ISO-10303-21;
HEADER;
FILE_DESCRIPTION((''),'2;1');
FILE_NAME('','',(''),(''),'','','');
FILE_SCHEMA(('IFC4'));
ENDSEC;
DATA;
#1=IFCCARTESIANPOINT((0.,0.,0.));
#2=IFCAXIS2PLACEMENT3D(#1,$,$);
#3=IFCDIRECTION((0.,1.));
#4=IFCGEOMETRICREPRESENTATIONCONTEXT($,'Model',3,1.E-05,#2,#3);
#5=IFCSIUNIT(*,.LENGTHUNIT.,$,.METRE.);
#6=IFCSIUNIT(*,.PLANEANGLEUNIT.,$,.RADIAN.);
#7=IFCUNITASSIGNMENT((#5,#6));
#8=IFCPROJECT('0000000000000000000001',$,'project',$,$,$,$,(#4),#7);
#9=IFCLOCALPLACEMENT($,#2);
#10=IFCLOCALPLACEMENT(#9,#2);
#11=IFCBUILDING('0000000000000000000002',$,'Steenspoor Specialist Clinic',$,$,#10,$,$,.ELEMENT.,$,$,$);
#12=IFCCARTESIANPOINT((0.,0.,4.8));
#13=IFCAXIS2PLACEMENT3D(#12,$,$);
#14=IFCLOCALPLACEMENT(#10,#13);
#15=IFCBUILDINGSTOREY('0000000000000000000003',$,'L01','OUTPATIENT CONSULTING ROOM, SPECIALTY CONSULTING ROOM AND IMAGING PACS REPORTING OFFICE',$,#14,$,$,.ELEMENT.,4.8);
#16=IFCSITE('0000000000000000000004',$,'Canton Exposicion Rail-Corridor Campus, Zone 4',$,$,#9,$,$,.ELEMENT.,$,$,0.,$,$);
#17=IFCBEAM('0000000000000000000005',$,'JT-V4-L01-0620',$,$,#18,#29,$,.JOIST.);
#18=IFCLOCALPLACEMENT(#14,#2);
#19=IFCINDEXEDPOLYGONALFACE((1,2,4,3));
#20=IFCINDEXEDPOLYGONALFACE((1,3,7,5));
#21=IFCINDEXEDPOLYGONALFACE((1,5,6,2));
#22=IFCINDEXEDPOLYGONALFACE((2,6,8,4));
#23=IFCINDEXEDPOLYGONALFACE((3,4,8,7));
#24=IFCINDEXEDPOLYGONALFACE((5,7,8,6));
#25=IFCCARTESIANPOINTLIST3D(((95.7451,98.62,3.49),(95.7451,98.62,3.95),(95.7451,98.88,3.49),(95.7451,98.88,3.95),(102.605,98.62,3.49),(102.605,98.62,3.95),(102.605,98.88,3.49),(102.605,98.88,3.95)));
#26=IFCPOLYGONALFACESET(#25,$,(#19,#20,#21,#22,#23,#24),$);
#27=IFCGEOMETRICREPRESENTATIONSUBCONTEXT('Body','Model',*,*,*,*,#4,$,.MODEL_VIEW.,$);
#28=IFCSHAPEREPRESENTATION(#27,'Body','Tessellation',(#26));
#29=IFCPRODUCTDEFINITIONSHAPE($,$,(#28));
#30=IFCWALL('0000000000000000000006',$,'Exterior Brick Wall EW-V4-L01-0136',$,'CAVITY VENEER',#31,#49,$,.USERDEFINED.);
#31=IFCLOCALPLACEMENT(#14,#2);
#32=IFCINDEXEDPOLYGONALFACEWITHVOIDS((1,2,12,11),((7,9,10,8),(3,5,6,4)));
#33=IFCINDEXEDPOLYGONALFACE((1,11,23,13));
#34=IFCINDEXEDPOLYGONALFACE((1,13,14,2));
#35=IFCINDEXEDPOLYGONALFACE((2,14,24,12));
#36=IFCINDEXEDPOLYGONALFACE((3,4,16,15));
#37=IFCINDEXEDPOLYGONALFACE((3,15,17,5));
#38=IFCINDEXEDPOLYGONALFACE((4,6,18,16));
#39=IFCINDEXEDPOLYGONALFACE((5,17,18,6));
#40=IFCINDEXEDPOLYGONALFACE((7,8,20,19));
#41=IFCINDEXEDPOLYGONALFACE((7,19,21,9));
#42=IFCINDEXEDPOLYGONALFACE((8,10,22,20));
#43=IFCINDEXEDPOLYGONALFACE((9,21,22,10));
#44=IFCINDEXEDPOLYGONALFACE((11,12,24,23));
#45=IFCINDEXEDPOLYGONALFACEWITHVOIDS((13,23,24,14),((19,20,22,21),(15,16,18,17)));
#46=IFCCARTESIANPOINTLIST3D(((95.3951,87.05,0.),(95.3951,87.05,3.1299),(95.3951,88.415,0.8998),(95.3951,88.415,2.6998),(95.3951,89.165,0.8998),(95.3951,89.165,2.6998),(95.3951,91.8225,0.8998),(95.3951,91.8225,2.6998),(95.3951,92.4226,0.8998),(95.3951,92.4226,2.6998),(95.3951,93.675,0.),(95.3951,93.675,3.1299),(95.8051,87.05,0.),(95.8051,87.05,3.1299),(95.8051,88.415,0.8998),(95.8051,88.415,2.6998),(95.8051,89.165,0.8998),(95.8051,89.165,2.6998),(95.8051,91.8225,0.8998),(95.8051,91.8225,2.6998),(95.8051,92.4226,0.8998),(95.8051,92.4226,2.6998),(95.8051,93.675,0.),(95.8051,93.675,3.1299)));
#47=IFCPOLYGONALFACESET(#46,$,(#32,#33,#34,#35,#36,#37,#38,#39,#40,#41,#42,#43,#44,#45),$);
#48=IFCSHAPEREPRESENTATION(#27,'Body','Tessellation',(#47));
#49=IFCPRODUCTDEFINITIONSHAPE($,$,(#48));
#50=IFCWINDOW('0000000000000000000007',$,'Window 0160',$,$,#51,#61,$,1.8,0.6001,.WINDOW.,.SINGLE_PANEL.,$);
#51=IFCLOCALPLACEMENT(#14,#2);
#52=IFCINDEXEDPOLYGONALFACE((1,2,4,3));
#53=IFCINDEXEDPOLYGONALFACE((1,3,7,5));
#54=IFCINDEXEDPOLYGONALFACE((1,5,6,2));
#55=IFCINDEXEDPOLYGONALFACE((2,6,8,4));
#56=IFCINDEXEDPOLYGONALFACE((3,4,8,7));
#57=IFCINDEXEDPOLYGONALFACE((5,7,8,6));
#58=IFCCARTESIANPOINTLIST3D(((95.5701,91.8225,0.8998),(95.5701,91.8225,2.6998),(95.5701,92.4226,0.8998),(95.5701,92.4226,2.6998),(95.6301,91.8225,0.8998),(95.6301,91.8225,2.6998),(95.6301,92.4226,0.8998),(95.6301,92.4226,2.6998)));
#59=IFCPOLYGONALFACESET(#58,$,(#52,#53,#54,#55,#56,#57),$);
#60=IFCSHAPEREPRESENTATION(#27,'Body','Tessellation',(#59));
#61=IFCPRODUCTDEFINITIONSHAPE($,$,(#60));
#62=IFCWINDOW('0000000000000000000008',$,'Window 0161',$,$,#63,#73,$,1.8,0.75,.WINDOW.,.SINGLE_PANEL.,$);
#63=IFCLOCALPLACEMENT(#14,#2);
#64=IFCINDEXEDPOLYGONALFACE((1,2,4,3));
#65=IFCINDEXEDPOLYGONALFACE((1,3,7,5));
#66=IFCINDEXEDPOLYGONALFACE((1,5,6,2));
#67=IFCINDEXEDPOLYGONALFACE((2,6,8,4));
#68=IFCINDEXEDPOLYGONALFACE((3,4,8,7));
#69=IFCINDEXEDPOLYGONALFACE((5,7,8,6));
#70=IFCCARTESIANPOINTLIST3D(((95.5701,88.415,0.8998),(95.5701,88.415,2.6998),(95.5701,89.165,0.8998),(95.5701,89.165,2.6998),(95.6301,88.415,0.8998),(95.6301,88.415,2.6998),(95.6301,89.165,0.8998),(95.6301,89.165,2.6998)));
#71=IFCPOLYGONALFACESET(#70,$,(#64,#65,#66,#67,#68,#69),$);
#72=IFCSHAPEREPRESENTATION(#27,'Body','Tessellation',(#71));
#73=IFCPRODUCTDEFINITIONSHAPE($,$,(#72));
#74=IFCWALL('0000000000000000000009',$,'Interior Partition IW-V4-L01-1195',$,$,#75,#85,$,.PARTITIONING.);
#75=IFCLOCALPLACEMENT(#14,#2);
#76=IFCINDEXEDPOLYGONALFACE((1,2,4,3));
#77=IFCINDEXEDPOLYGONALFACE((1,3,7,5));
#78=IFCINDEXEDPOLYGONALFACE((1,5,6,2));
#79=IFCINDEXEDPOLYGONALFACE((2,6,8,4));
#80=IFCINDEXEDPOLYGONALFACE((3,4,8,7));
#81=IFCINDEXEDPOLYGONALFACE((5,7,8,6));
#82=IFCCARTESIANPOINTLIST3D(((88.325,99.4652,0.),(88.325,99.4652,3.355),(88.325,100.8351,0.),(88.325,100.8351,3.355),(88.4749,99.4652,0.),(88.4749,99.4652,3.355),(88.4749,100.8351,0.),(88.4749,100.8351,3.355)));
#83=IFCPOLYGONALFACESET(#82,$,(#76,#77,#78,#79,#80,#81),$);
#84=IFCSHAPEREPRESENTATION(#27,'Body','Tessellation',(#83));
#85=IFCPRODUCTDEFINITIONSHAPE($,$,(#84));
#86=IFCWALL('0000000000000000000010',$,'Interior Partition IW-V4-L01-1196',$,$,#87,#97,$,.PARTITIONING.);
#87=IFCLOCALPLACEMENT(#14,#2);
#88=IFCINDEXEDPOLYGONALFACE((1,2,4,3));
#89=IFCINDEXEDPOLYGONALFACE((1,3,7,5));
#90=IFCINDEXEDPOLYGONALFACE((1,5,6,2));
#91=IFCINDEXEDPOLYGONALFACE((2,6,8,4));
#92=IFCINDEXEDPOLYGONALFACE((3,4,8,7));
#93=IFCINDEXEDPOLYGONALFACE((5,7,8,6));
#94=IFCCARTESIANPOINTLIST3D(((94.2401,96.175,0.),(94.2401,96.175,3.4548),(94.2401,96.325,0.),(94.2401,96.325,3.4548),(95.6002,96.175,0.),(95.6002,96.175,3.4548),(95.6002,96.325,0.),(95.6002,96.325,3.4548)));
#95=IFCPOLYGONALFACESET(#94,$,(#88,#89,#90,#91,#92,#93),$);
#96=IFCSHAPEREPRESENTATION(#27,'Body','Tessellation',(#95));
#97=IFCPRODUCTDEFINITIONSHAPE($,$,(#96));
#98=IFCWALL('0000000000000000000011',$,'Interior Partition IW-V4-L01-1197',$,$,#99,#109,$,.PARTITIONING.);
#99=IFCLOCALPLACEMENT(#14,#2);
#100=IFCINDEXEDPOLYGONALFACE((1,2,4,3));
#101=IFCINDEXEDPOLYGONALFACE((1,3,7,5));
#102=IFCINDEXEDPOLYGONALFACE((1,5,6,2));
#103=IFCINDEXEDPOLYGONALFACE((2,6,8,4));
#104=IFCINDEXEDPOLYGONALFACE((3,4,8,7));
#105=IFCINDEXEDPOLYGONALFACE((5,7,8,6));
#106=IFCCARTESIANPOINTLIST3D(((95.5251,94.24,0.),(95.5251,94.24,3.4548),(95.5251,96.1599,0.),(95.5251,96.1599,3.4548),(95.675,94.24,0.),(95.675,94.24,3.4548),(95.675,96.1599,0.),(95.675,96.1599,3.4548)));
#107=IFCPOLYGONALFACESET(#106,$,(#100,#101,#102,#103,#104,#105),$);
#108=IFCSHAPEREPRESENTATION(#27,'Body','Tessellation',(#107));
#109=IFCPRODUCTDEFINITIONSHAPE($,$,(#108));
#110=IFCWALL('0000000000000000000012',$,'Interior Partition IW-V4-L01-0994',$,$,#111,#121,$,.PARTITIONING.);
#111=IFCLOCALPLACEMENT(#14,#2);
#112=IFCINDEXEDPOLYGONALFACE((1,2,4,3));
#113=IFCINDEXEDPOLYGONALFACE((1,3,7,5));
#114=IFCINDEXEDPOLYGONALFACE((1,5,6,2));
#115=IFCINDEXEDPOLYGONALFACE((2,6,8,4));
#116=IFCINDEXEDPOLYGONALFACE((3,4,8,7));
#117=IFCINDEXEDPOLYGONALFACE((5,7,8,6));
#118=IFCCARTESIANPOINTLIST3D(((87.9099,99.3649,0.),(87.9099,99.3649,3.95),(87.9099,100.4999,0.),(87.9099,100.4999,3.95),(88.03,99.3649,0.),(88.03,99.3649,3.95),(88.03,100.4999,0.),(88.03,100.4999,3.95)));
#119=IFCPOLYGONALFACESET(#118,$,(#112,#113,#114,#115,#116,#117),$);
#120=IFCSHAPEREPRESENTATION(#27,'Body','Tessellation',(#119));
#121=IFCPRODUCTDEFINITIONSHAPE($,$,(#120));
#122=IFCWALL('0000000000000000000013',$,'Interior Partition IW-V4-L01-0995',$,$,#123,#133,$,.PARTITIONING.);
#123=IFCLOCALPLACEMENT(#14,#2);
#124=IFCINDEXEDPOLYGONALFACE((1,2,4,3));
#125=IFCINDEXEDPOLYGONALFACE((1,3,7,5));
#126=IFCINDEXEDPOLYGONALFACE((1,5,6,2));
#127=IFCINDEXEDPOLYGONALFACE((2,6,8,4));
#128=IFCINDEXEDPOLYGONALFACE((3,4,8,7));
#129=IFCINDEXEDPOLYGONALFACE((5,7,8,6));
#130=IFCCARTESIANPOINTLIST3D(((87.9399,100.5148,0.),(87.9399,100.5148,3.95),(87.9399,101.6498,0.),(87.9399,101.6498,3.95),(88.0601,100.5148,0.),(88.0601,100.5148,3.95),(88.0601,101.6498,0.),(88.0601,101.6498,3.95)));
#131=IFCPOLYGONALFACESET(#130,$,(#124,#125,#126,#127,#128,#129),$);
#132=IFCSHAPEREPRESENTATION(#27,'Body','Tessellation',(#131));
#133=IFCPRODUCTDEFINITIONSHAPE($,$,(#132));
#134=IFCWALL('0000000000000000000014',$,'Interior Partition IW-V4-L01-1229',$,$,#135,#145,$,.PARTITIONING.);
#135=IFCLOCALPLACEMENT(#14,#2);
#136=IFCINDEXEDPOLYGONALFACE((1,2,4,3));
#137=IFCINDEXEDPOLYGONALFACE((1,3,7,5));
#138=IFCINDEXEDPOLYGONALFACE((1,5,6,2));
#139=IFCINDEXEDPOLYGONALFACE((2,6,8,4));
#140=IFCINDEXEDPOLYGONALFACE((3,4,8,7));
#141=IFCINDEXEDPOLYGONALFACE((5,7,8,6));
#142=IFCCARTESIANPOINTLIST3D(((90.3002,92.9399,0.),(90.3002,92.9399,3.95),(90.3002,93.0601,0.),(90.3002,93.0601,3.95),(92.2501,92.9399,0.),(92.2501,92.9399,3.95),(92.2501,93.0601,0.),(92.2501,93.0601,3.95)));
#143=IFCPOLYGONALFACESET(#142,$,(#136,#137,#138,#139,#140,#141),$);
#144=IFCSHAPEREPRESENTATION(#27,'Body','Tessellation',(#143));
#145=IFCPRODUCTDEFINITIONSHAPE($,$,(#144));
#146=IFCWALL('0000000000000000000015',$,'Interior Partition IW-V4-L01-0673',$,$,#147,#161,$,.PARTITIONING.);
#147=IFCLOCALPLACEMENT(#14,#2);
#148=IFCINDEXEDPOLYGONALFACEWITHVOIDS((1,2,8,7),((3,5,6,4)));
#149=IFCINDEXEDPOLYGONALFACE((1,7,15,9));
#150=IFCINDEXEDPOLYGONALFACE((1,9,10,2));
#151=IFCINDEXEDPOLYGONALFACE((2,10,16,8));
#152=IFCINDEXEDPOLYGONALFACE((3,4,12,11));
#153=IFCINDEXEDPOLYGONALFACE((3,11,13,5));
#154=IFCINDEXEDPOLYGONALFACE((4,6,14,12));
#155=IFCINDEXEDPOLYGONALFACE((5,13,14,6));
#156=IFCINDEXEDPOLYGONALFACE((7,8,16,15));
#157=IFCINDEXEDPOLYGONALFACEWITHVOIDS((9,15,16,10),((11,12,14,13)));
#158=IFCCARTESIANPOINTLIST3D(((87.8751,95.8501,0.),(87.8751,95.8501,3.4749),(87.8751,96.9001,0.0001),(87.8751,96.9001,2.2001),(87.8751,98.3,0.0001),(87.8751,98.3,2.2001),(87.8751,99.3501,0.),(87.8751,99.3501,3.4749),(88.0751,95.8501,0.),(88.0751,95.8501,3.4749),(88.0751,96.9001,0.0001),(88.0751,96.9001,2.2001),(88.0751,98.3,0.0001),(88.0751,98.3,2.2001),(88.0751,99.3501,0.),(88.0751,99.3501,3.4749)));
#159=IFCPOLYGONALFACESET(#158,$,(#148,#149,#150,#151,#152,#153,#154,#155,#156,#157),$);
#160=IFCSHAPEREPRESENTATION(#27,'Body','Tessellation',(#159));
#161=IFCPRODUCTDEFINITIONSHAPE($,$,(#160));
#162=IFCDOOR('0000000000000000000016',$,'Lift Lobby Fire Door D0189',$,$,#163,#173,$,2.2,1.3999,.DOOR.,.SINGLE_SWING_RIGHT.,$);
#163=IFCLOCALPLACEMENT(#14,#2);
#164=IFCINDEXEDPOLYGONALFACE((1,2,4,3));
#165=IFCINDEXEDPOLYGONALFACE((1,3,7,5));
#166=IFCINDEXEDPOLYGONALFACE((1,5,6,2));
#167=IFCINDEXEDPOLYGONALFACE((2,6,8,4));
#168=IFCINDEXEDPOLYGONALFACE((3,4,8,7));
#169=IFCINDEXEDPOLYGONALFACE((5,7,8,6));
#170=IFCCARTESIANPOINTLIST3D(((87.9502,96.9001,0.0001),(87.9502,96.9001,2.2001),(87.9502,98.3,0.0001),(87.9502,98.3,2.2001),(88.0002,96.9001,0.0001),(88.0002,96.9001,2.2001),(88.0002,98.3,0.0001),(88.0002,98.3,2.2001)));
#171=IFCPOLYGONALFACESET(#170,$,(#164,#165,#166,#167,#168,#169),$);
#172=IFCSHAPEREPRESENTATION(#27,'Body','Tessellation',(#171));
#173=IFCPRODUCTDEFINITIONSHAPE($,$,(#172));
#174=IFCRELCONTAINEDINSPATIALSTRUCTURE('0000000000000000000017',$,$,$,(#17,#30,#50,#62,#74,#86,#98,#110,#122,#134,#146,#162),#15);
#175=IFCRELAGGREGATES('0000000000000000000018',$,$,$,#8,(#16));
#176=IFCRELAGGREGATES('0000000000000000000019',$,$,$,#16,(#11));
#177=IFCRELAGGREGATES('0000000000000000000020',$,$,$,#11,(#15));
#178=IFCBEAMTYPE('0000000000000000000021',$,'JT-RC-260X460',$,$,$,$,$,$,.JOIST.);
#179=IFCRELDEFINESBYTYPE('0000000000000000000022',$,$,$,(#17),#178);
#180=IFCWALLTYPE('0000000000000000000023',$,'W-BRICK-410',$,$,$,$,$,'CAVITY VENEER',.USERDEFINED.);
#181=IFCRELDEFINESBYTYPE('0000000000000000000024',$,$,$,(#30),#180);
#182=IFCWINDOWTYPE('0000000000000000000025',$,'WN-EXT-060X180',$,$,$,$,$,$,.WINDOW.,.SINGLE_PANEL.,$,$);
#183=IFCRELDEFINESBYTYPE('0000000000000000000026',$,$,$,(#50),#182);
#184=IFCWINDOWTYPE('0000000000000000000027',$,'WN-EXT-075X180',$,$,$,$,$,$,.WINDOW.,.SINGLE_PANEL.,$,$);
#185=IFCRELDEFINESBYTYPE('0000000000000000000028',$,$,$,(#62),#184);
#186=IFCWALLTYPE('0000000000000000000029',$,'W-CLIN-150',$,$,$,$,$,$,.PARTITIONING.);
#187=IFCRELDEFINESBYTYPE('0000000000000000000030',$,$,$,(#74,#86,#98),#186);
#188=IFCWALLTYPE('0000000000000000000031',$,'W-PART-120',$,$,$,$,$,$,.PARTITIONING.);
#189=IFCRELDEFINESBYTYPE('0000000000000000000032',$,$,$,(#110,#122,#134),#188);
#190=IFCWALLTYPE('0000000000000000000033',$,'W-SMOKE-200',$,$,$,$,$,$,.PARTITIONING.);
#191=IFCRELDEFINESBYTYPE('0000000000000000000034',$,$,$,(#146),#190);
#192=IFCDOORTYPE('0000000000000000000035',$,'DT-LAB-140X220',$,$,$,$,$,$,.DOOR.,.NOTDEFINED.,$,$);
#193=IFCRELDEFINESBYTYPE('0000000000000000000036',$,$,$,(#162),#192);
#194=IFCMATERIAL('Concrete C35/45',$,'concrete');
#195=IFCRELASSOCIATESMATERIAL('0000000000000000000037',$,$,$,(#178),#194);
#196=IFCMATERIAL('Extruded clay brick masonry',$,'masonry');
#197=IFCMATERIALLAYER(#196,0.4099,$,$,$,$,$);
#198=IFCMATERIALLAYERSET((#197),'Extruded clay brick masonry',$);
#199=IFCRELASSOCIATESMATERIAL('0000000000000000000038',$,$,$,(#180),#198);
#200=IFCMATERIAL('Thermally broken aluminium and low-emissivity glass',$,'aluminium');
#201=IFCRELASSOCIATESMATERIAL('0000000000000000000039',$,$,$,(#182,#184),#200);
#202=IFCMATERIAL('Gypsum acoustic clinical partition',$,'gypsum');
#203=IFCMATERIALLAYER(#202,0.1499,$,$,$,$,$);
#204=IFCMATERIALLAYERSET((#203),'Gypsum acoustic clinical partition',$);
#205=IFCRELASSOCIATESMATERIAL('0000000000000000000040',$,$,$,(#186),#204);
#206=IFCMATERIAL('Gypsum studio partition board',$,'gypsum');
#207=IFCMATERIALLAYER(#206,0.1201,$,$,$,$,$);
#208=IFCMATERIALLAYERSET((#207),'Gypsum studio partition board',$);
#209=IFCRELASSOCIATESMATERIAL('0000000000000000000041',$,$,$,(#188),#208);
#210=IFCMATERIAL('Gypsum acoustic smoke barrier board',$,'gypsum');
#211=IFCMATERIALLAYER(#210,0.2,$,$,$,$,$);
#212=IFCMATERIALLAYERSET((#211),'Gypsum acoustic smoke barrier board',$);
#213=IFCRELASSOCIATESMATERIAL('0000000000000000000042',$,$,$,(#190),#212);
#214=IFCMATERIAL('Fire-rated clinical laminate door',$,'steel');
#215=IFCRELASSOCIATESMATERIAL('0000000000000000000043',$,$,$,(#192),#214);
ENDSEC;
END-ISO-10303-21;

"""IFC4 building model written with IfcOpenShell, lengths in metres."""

from ifc_helpers import new_model, si_unit, direction, frame, frame_2d, origin, origin_2d, place, context, subcontext, project, spatial, rectangle, extrude, material, layer, layer_set, material_profile, profile_set, type_object, element, fill, save


model = new_model("IFC4")

# Units and contexts
model_context = context("Model", 3, precision=1e-05, world=origin(), true_north=direction((0.0, 1.0)))
body_context = subcontext(model_context, "Body", "Model", "MODEL_VIEW")
ifc_project = project(units=[si_unit("LENGTHUNIT", "METRE"), si_unit("PLANEANGLEUNIT", "RADIAN")], contexts=[model_context])

# Site, building, storey
site_placement = place(None, origin())
site = spatial("IfcSite", under=ifc_project, at=site_placement, Name="Canton Exposicion Rail-Corridor Campus, Zone 4", CompositionType="ELEMENT", RefElevation=0.0)
building_placement = place(site_placement, origin())
building = spatial("IfcBuilding", under=site, at=building_placement, Name="Steenspoor Specialist Clinic", CompositionType="ELEMENT")
storey_placement = place(building_placement, frame((0.0, 0.0, 4.8)))
storey = spatial("IfcBuildingStorey", under=building, at=storey_placement, Name="L01", Description="OUTPATIENT CONSULTING ROOM, SPECIALTY CONSULTING ROOM AND IMAGING PACS REPORTING OFFICE", CompositionType="ELEMENT", Elevation=4.8)

# Beam
ifc_material_1 = material(Name="Concrete C35/45", Category="concrete")
ifc_material_profile_1 = material_profile(ifc_material_1, rectangle(XDim=0.26, YDim=0.46, at=origin_2d()), Name="RC-JT-260X460")
ifc_profile_set_1 = profile_set([ifc_material_profile_1], Name="Concrete C35/45")
beam_type_1 = type_object("IfcBeamType", Name="JT-RC-260X460", PredefinedType="JOIST", material=ifc_profile_set_1)
beam_1_placement = place(storey_placement, frame((95.7451, 98.75, 3.72), z_axis=(1.0, 0.0, 0.0), x_axis=(0.0, 1.0, 0.0)))
element("IfcBeam", 1, at=beam_1_placement, inside=storey, type_object=beam_type_1, Name="JT-V4-L01-0620", PredefinedType="JOIST", context=body_context, shape_type="SweptSolid", body=[
    extrude(rectangle(XDim=0.26, YDim=0.46, at=origin_2d()), origin(), (0.0, 0.0, 1.0), 6.8599),
])

# Wall, openings, windows
ifc_material_2 = material(Name="Extruded clay brick masonry", Category="masonry")
ifc_layer_1 = layer(ifc_material_2, 0.4099)
ifc_layer_set_1 = layer_set([ifc_layer_1], Name="Extruded clay brick masonry")
wall_type_1 = type_object("IfcWallType", Name="W-BRICK-410", ElementType="CAVITY VENEER", PredefinedType="USERDEFINED", material=ifc_layer_set_1)
wall_1_placement = place(storey_placement, frame((95.6001, 93.675, 0.0), z_axis=(0.0, 0.0, 1.0), x_axis=(0.0, -1.0, 0.0)))
wall_1 = element("IfcWall", 2, at=wall_1_placement, inside=storey, type_object=wall_type_1, Name="Exterior Brick Wall EW-V4-L01-0136", ObjectType="CAVITY VENEER", PredefinedType="USERDEFINED", context=body_context, shape_type="SweptSolid", body=[
    extrude(rectangle(XDim=6.625, YDim=0.4099, at=frame_2d((3.3125, 0.0))), origin(), (0.0, 0.0, 1.0), 3.1299),
])
opening_1_placement = place(wall_1_placement, frame((1.2524, 0.0, 0.8999)))
opening_1 = element("IfcOpeningElement", 3, at=opening_1_placement, cuts=wall_1, PredefinedType="OPENING", context=body_context, shape_type="SweptSolid", body=[
    extrude(rectangle(XDim=0.6001, YDim=1.8, at=frame_2d((0.3, 0.8999))), frame((0.0, 0.2148, 0.0), z_axis=(0.0, -1.0, 0.0), x_axis=(1.0, 0.0, 0.0)), (0.0, 0.0, 1.0), 0.4299),
])
opening_2_placement = place(wall_1_placement, frame((4.51, 0.0, 0.8999)))
opening_2 = element("IfcOpeningElement", 4, at=opening_2_placement, cuts=wall_1, PredefinedType="OPENING", context=body_context, shape_type="SweptSolid", body=[
    extrude(rectangle(XDim=0.75, YDim=1.8, at=frame_2d((0.375, 0.8999))), frame((0.0, 0.2148, 0.0), z_axis=(0.0, -1.0, 0.0), x_axis=(1.0, 0.0, 0.0)), (0.0, 0.0, 1.0), 0.4299),
])
ifc_material_3 = material(Name="Thermally broken aluminium and low-emissivity glass", Category="aluminium")
window_type_1 = type_object("IfcWindowType", Name="WN-EXT-060X180", PartitioningType="SINGLE_PANEL", PredefinedType="WINDOW", material=ifc_material_3)
window_1_placement = place(opening_1_placement, origin())
window_1 = element("IfcWindow", 5, at=window_1_placement, inside=storey, type_object=window_type_1, Name="Window 0160", OverallHeight=1.8, OverallWidth=0.6001, PartitioningType="SINGLE_PANEL", PredefinedType="WINDOW", context=body_context, shape_type="SweptSolid", body=[
    extrude(rectangle(XDim=0.6001, YDim=1.8, at=frame_2d((0.3, 0.8999))), frame((0.0, 0.03, 0.0), z_axis=(0.0, -1.0, 0.0), x_axis=(1.0, 0.0, 0.0)), (0.0, 0.0, 1.0), 0.0601),
])
fill(opening_1, window_1)
window_type_2 = type_object("IfcWindowType", Name="WN-EXT-075X180", PartitioningType="SINGLE_PANEL", PredefinedType="WINDOW", material=ifc_material_3)
window_2_placement = place(opening_2_placement, origin())
window_2 = element("IfcWindow", 6, at=window_2_placement, inside=storey, type_object=window_type_2, Name="Window 0161", OverallHeight=1.8, OverallWidth=0.75, PartitioningType="SINGLE_PANEL", PredefinedType="WINDOW", context=body_context, shape_type="SweptSolid", body=[
    extrude(rectangle(XDim=0.75, YDim=1.8, at=frame_2d((0.375, 0.8999))), frame((0.0, 0.03, 0.0), z_axis=(0.0, -1.0, 0.0), x_axis=(1.0, 0.0, 0.0)), (0.0, 0.0, 1.0), 0.0601),
])
fill(opening_2, window_2)

# Walls
ifc_material_4 = material(Name="Gypsum acoustic clinical partition", Category="gypsum")
ifc_layer_2 = layer(ifc_material_4, 0.1499)
ifc_layer_set_2 = layer_set([ifc_layer_2], Name="Gypsum acoustic clinical partition")
wall_type_2 = type_object("IfcWallType", Name="W-CLIN-150", PredefinedType="PARTITIONING", material=ifc_layer_set_2)
wall_2_placement = place(storey_placement, frame((88.3999, 99.4651, 0.0), z_axis=(0.0, 0.0, 1.0), x_axis=(0.0, 1.0, 0.0)))
element("IfcWall", 7, at=wall_2_placement, inside=storey, type_object=wall_type_2, Name="Interior Partition IW-V4-L01-1195", PredefinedType="PARTITIONING", context=body_context, shape_type="SweptSolid", body=[
    extrude(rectangle(XDim=1.3699, YDim=0.1499, at=frame_2d((0.6851, 0.0))), origin(), (0.0, 0.0, 1.0), 3.355),
])
wall_3_placement = place(storey_placement, frame((94.24, 96.25, 0.0), z_axis=(0.0, 0.0, 1.0), x_axis=(1.0, 0.0, 0.0)))
element("IfcWall", 8, at=wall_3_placement, inside=storey, type_object=wall_type_2, Name="Interior Partition IW-V4-L01-1196", PredefinedType="PARTITIONING", context=body_context, shape_type="SweptSolid", body=[
    extrude(rectangle(XDim=1.3601, YDim=0.1499, at=frame_2d((0.6802, 0.0))), origin(), (0.0, 0.0, 1.0), 3.4548),
])
wall_4_placement = place(storey_placement, frame((95.6001, 94.24, 0.0), z_axis=(0.0, 0.0, 1.0), x_axis=(0.0, 1.0, 0.0)))
element("IfcWall", 9, at=wall_4_placement, inside=storey, type_object=wall_type_2, Name="Interior Partition IW-V4-L01-1197", PredefinedType="PARTITIONING", context=body_context, shape_type="SweptSolid", body=[
    extrude(rectangle(XDim=1.9199, YDim=0.1499, at=frame_2d((0.96, 0.0))), origin(), (0.0, 0.0, 1.0), 3.4548),
])
ifc_material_5 = material(Name="Gypsum studio partition board", Category="gypsum")
ifc_layer_3 = layer(ifc_material_5, 0.1201)
ifc_layer_set_3 = layer_set([ifc_layer_3], Name="Gypsum studio partition board")
wall_type_3 = type_object("IfcWallType", Name="W-PART-120", PredefinedType="PARTITIONING", material=ifc_layer_set_3)
for number, where, z_axis, x_axis, name in (
    (10, (87.97, 99.365, 0.0), (0.0, 0.0, 1.0), (0.0, 1.0, 0.0), "Interior Partition IW-V4-L01-0994"),
    (11, (88.0, 100.5149, 0.0), (0.0, 0.0, 1.0), (0.0, 1.0, 0.0), "Interior Partition IW-V4-L01-0995"),
):
    element("IfcWall", number, at=place(storey_placement, frame(where, z_axis=z_axis, x_axis=x_axis)), inside=storey, type_object=wall_type_3, Name=name, PredefinedType="PARTITIONING", context=body_context, shape_type="SweptSolid", body=[
        extrude(rectangle(XDim=1.135, YDim=0.1201, at=frame_2d((0.5674, 0.0))), origin(), (0.0, 0.0, 1.0), 3.95),
    ])
wall_5_placement = place(storey_placement, frame((90.3, 93.0, 0.0), z_axis=(0.0, 0.0, 1.0), x_axis=(1.0, 0.0, 0.0)))
element("IfcWall", 12, at=wall_5_placement, inside=storey, type_object=wall_type_3, Name="Interior Partition IW-V4-L01-1229", PredefinedType="PARTITIONING", context=body_context, shape_type="SweptSolid", body=[
    extrude(rectangle(XDim=1.95, YDim=0.1201, at=frame_2d((0.9751, 0.0))), origin(), (0.0, 0.0, 1.0), 3.95),
])

# Wall, opening, door
ifc_material_6 = material(Name="Gypsum acoustic smoke barrier board", Category="gypsum")
ifc_layer_4 = layer(ifc_material_6, 0.2)
ifc_layer_set_4 = layer_set([ifc_layer_4], Name="Gypsum acoustic smoke barrier board")
wall_type_4 = type_object("IfcWallType", Name="W-SMOKE-200", PredefinedType="PARTITIONING", material=ifc_layer_set_4)
wall_6_placement = place(storey_placement, frame((87.9751, 95.8501, 0.0), z_axis=(0.0, 0.0, 1.0), x_axis=(0.0, 1.0, 0.0)))
wall_6 = element("IfcWall", 13, at=wall_6_placement, inside=storey, type_object=wall_type_4, Name="Interior Partition IW-V4-L01-0673", PredefinedType="PARTITIONING", context=body_context, shape_type="SweptSolid", body=[
    extrude(rectangle(XDim=3.5, YDim=0.2, at=frame_2d((1.75, 0.0))), origin(), (0.0, 0.0, 1.0), 3.4749),
])
opening_3_placement = place(wall_6_placement, frame((1.05, 0.0, 0.0)))
opening_3 = element("IfcOpeningElement", 14, at=opening_3_placement, cuts=wall_6, PredefinedType="OPENING", context=body_context, shape_type="SweptSolid", body=[
    extrude(rectangle(XDim=1.3999, YDim=2.2, at=frame_2d((0.7, 1.1001))), frame((0.0, 0.1099, 0.0), z_axis=(0.0, -1.0, 0.0), x_axis=(1.0, 0.0, 0.0)), (0.0, 0.0, 1.0), 0.22),
])
ifc_material_7 = material(Name="Fire-rated clinical laminate door", Category="steel")
door_type_1 = type_object("IfcDoorType", Name="DT-LAB-140X220", OperationType="NOTDEFINED", PredefinedType="DOOR", material=ifc_material_7)
door_1_placement = place(opening_3_placement, origin())
door_1 = element("IfcDoor", 15, at=door_1_placement, inside=storey, type_object=door_type_1, Name="Lift Lobby Fire Door D0189", OperationType="SINGLE_SWING_RIGHT", OverallHeight=2.2, OverallWidth=1.3999, PredefinedType="DOOR", context=body_context, shape_type="SweptSolid", body=[
    extrude(rectangle(XDim=1.3999, YDim=2.2, at=frame_2d((0.7, 1.1001))), frame((0.0, 0.0249, 0.0), z_axis=(0.0, -1.0, 0.0), x_axis=(1.0, 0.0, 0.0)), (0.0, 0.0, 1.0), 0.05),
])
fill(opening_3, door_1)

save(model, "model.ifc")
